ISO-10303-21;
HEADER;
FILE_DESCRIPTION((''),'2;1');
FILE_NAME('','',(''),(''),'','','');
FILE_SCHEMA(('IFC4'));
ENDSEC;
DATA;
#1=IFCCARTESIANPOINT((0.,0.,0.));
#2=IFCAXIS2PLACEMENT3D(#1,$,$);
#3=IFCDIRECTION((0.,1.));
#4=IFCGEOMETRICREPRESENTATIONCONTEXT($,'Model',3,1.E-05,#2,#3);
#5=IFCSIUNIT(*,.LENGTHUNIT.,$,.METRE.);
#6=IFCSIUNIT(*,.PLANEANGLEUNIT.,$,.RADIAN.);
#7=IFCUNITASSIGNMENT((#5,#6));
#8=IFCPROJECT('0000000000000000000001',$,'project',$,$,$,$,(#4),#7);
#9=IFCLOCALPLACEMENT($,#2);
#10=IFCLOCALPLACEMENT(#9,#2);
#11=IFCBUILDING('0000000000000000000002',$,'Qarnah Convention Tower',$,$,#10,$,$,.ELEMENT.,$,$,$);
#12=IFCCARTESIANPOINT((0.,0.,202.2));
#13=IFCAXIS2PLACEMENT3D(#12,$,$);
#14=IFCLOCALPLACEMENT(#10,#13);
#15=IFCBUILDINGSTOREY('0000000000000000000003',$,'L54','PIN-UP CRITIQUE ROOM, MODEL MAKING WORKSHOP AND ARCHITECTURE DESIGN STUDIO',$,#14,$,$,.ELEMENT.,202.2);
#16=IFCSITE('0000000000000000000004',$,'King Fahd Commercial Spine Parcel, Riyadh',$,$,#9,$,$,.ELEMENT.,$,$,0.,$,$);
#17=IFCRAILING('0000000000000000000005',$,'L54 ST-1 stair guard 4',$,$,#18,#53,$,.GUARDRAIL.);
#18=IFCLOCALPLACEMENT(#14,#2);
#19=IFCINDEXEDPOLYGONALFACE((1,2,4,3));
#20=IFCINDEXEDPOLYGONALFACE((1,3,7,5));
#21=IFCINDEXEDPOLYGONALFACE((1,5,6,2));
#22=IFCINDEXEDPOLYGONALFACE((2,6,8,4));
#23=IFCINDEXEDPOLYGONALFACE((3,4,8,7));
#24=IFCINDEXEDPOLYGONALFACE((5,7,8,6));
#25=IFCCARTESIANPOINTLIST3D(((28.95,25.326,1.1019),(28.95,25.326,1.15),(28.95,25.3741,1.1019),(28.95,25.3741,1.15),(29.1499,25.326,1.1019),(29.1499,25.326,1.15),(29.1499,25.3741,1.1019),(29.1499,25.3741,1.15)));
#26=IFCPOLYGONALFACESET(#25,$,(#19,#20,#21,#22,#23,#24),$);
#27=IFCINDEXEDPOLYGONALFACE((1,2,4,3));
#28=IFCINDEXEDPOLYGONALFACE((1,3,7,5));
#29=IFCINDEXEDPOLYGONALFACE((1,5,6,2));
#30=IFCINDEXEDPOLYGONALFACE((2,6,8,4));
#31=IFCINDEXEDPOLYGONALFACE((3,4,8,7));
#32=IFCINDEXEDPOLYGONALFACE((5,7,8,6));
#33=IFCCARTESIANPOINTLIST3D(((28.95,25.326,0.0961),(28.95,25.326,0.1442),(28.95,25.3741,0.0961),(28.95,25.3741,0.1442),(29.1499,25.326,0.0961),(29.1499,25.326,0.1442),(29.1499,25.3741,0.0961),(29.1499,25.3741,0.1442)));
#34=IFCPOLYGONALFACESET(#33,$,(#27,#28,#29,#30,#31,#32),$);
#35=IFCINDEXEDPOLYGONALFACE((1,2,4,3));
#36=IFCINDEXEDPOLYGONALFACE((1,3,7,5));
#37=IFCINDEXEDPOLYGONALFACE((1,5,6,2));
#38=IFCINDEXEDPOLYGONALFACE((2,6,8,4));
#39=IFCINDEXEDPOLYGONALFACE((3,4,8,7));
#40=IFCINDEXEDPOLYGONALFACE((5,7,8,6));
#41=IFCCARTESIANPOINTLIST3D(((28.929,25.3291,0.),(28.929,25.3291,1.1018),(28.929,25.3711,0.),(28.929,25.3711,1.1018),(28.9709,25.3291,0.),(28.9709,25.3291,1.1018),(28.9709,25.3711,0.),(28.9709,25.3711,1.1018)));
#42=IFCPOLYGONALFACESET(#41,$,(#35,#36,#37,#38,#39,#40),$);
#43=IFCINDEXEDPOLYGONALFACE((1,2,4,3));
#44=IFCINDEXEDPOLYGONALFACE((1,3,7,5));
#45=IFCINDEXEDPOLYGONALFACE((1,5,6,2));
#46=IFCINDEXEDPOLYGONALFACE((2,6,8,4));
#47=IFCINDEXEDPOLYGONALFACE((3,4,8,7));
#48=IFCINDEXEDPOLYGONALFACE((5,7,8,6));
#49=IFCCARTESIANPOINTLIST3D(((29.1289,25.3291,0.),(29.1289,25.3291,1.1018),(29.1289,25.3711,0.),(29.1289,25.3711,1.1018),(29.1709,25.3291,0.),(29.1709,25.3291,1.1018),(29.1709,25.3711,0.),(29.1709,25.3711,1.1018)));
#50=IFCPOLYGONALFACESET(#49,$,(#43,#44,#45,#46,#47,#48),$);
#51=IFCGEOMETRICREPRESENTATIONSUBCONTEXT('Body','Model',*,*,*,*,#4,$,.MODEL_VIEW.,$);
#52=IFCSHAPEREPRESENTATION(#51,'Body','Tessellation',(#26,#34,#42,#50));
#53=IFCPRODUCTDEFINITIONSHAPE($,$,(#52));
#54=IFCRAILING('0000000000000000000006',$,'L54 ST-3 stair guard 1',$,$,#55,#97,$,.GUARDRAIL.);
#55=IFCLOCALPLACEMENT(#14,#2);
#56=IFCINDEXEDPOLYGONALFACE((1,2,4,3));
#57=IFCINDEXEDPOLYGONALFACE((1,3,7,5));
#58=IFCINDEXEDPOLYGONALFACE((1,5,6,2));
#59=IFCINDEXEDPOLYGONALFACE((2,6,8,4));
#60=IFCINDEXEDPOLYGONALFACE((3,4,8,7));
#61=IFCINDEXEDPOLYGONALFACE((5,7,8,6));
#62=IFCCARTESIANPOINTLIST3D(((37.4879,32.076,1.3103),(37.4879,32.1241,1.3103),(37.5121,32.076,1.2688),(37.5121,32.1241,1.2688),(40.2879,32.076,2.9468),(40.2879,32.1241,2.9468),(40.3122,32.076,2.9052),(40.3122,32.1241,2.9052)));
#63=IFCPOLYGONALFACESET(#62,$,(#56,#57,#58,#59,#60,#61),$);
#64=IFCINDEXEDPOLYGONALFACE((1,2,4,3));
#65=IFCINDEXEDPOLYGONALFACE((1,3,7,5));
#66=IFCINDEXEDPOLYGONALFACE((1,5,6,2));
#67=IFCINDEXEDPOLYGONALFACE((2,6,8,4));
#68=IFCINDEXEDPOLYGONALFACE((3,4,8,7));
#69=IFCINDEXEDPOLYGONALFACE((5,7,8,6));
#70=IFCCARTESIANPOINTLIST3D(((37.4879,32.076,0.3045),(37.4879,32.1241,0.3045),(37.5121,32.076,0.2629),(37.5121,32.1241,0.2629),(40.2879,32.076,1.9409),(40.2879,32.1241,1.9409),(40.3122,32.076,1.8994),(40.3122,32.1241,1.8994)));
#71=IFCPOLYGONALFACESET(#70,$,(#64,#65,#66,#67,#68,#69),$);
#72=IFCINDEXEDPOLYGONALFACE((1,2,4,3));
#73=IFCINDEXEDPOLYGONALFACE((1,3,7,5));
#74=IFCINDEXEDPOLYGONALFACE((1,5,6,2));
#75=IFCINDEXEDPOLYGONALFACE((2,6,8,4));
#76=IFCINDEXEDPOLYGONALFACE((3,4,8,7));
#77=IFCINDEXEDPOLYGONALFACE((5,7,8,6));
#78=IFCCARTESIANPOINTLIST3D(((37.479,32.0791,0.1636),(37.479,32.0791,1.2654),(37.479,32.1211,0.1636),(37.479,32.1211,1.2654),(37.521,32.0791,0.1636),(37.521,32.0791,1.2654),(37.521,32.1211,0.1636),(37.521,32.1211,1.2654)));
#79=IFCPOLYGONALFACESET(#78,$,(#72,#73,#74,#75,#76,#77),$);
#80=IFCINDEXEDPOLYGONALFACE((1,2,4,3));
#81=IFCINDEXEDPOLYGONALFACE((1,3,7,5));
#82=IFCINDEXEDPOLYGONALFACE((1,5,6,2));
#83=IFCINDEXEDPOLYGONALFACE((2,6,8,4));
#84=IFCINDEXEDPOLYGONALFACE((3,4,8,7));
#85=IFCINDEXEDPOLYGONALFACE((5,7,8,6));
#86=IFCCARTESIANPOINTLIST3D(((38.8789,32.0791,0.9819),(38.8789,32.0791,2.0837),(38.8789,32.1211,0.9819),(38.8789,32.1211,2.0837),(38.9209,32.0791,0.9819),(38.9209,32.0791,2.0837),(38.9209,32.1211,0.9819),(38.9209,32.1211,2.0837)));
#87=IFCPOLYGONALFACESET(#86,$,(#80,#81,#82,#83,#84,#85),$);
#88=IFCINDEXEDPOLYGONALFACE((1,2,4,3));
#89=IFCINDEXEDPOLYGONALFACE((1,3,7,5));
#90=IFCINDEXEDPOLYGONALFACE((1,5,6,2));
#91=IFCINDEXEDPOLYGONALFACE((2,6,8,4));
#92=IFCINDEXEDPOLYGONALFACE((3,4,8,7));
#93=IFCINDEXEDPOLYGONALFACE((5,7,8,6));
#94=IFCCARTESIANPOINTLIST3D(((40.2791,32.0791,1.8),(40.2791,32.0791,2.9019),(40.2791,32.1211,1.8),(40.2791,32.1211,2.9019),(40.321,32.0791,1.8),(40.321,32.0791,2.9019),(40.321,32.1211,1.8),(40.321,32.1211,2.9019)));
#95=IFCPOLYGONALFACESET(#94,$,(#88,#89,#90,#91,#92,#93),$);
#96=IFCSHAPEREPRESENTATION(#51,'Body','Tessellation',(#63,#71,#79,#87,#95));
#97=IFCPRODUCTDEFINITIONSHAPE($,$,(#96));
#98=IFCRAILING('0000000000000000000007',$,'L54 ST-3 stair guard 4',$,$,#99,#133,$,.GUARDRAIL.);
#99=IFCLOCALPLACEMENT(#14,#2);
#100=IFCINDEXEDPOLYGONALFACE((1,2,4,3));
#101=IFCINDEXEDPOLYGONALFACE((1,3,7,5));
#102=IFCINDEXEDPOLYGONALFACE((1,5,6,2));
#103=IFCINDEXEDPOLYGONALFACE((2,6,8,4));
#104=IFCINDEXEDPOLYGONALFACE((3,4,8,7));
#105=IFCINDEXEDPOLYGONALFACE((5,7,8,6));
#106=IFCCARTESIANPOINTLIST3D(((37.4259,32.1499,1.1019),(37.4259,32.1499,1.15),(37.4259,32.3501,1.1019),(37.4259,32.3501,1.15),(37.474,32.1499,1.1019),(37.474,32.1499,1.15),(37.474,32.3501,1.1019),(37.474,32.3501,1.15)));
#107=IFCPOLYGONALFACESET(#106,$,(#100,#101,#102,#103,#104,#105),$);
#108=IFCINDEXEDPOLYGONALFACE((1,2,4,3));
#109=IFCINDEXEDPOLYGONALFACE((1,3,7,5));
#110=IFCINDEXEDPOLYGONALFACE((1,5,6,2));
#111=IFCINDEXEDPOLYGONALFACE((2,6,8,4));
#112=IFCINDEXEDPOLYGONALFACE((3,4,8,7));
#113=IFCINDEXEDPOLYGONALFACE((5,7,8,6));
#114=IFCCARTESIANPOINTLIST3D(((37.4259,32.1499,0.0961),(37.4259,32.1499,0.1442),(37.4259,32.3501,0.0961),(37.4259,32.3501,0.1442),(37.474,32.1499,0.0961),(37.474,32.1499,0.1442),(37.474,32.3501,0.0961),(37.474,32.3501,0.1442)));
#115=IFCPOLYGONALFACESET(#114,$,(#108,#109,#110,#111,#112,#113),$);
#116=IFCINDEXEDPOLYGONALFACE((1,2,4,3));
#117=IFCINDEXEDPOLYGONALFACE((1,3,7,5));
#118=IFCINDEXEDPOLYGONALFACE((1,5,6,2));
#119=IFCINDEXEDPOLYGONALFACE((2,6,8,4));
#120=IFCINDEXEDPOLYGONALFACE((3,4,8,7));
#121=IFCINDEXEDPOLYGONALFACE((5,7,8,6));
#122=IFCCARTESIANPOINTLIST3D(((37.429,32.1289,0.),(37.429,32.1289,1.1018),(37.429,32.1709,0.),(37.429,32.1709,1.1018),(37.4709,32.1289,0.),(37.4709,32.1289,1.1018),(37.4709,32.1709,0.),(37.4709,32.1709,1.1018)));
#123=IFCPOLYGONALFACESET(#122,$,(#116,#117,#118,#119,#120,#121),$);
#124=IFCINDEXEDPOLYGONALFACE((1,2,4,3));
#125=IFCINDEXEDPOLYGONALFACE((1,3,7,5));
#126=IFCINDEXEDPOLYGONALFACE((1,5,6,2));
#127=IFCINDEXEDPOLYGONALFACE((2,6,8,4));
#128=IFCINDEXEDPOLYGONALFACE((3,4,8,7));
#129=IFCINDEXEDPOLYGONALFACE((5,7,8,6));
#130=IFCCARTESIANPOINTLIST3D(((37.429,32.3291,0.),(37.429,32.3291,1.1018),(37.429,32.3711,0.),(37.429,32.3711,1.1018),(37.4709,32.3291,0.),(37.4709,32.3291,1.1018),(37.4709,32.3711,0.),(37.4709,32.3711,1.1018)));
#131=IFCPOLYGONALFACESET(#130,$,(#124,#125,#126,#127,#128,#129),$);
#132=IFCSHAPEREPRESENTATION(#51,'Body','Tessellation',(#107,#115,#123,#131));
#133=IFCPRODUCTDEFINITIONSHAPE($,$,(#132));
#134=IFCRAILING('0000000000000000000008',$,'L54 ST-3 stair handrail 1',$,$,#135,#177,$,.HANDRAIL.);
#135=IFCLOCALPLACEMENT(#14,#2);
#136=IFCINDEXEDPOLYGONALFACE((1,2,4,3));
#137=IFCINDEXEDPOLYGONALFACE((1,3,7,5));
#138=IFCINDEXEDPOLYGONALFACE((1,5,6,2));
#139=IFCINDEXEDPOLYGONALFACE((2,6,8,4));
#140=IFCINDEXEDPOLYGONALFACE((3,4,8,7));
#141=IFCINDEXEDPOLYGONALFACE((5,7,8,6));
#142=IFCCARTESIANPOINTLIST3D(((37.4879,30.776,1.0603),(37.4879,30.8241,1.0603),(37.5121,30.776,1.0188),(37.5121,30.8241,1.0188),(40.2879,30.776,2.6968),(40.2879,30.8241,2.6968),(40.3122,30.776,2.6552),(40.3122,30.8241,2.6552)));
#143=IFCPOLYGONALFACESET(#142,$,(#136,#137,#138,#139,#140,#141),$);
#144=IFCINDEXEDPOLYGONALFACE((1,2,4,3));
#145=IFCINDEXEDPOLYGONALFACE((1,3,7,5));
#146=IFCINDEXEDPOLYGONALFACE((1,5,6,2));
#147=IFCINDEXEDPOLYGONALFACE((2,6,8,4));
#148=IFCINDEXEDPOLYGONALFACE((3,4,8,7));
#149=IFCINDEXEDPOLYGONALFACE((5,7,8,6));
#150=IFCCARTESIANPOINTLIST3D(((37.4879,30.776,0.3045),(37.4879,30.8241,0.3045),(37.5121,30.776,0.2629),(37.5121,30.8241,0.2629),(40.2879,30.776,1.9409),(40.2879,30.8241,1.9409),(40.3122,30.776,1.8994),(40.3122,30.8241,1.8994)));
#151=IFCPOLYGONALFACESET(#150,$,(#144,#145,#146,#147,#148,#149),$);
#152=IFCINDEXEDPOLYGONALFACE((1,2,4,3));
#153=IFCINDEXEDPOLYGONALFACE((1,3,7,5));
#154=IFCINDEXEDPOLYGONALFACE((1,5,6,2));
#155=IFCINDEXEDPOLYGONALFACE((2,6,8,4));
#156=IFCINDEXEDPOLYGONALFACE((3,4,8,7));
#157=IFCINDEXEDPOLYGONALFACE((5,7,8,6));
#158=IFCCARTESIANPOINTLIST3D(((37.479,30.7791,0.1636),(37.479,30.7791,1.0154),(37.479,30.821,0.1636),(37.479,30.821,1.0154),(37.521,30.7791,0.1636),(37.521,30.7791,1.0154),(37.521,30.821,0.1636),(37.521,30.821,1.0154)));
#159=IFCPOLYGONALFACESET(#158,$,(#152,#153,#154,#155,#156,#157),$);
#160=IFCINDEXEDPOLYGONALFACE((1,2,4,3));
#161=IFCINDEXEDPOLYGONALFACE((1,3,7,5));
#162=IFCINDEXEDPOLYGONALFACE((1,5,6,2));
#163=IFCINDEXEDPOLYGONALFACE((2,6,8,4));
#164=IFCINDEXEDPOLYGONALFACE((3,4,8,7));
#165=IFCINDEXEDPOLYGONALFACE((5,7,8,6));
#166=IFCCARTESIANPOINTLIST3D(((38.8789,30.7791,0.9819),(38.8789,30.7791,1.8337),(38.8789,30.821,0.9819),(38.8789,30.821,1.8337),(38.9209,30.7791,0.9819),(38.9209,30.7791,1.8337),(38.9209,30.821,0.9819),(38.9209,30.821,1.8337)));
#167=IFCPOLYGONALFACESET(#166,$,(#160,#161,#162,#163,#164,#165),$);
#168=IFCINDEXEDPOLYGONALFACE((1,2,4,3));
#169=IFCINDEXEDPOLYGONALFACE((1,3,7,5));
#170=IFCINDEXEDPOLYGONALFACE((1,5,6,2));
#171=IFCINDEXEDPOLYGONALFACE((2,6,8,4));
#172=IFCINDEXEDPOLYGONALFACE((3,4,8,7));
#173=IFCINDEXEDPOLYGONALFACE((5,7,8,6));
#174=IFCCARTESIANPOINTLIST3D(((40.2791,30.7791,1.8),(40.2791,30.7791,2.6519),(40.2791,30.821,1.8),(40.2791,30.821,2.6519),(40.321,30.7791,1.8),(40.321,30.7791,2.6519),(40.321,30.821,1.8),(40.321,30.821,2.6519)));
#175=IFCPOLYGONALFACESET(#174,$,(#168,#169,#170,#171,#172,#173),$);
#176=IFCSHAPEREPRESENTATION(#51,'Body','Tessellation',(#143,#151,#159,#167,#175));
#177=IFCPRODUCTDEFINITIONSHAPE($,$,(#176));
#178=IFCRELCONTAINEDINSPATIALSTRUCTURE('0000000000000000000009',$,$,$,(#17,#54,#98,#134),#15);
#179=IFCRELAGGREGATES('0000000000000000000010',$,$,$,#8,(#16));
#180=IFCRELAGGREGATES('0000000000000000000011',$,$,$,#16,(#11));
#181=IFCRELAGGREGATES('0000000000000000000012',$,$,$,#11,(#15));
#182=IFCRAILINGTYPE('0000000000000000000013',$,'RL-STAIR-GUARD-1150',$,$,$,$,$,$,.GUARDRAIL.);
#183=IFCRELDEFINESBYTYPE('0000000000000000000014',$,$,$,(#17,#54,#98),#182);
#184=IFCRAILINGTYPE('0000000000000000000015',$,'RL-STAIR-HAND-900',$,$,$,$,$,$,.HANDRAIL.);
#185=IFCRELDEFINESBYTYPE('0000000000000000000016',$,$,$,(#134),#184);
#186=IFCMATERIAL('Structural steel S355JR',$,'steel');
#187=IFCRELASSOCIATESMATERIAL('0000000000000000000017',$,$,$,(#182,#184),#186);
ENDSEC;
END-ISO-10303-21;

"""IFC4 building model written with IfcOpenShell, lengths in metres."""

from ifc_helpers import new_model, si_unit, direction, frame, origin, origin_2d, place, context, subcontext, project, spatial, rectangle, extrude, material, type_object, element, save


model = new_model("IFC4")

# Units and contexts
model_context = context("Model", 3, precision=1e-05, world=origin(), true_north=direction((0.0, 1.0)))
body_context = subcontext(model_context, "Body", "Model", "MODEL_VIEW")
ifc_project = project(units=[si_unit("LENGTHUNIT", "METRE"), si_unit("PLANEANGLEUNIT", "RADIAN")], contexts=[model_context])

# Site, building, storey
site_placement = place(None, origin())
site = spatial("IfcSite", under=ifc_project, at=site_placement, Name="King Fahd Commercial Spine Parcel, Riyadh", CompositionType="ELEMENT", RefElevation=0.0)
building_placement = place(site_placement, origin())
building = spatial("IfcBuilding", under=site, at=building_placement, Name="Qarnah Convention Tower", CompositionType="ELEMENT")
storey_placement = place(building_placement, frame((0.0, 0.0, 202.2)))
storey = spatial("IfcBuildingStorey", under=building, at=storey_placement, Name="L54", Description="PIN-UP CRITIQUE ROOM, MODEL MAKING WORKSHOP AND ARCHITECTURE DESIGN STUDIO", CompositionType="ELEMENT", Elevation=202.2)

# Shared definitions
ifc_material_1 = material(Name="Structural steel S355JR", Category="steel")

# Railings
railing_type_1 = type_object("IfcRailingType", Name="RL-STAIR-GUARD-1150", PredefinedType="GUARDRAIL", material=ifc_material_1)
railing_1_placement = place(storey_placement, frame((28.95, 25.3501, 0.0)))
element("IfcRailing", 1, at=railing_1_placement, inside=storey, type_object=railing_type_1, Name="L54 ST-1 stair guard 4", PredefinedType="GUARDRAIL", context=body_context, shape_type="SweptSolid", body=[
    extrude(rectangle(XDim=0.0481, YDim=0.0481, at=origin_2d()), frame((0.0, 0.0, 1.126), z_axis=(1.0, 0.0, 0.0), x_axis=(0.0, 1.0, 0.0)), (0.0, 0.0, 1.0), 0.2),
    extrude(rectangle(XDim=0.0481, YDim=0.0481, at=origin_2d()), frame((0.0, 0.0, 0.1201), z_axis=(1.0, 0.0, 0.0), x_axis=(0.0, 1.0, 0.0)), (0.0, 0.0, 1.0), 0.2),
    extrude(rectangle(XDim=0.042, YDim=0.042, at=origin_2d()), origin(), (0.0, 0.0, 1.0), 1.1018),
    extrude(rectangle(XDim=0.042, YDim=0.042, at=origin_2d()), frame((0.2, 0.0, 0.0)), (0.0, 0.0, 1.0), 1.1018),
])
railing_2_placement = place(storey_placement, frame((37.5, 32.1001, 0.1636)))
element("IfcRailing", 2, at=railing_2_placement, inside=storey, type_object=railing_type_1, Name="L54 ST-3 stair guard 1", PredefinedType="GUARDRAIL", context=body_context, shape_type="SweptSolid", body=[
    extrude(rectangle(XDim=0.0481, YDim=0.0481, at=origin_2d()), frame((0.0, 0.0, 1.126), z_axis=(0.863361, 0.0, 0.504587), x_axis=(0.0, 1.0, 0.0)), (0.0, 0.0, 1.0), 3.2432),
    extrude(rectangle(XDim=0.0481, YDim=0.0481, at=origin_2d()), frame((0.0, 0.0, 0.1201), z_axis=(0.863361, 0.0, 0.504587), x_axis=(0.0, 1.0, 0.0)), (0.0, 0.0, 1.0), 3.2432),
    extrude(rectangle(XDim=0.042, YDim=0.042, at=origin_2d()), origin(), (0.0, 0.0, 1.0), 1.1018),
    extrude(rectangle(XDim=0.042, YDim=0.042, at=origin_2d()), frame((1.3999, 0.0, 0.8184)), (0.0, 0.0, 1.0), 1.1018),
    extrude(rectangle(XDim=0.042, YDim=0.042, at=origin_2d()), frame((2.8, 0.0, 1.6365)), (0.0, 0.0, 1.0), 1.1018),
])
railing_3_placement = place(storey_placement, frame((37.45, 32.1499, 0.0)))
element("IfcRailing", 3, at=railing_3_placement, inside=storey, type_object=railing_type_1, Name="L54 ST-3 stair guard 4", PredefinedType="GUARDRAIL", context=body_context, shape_type="SweptSolid", body=[
    extrude(rectangle(XDim=0.0481, YDim=0.0481, at=origin_2d()), frame((0.0, 0.0, 1.126), z_axis=(0.0, 1.0, 0.0), x_axis=(-1.0, 0.0, 0.0)), (0.0, 0.0, 1.0), 0.2002),
    extrude(rectangle(XDim=0.0481, YDim=0.0481, at=origin_2d()), frame((0.0, 0.0, 0.1201), z_axis=(0.0, 1.0, 0.0), x_axis=(-1.0, 0.0, 0.0)), (0.0, 0.0, 1.0), 0.2002),
    extrude(rectangle(XDim=0.042, YDim=0.042, at=origin_2d()), origin(), (0.0, 0.0, 1.0), 1.1018),
    extrude(rectangle(XDim=0.042, YDim=0.042, at=origin_2d()), frame((0.0, 0.2002, 0.0)), (0.0, 0.0, 1.0), 1.1018),
])
railing_type_2 = type_object("IfcRailingType", Name="RL-STAIR-HAND-900", PredefinedType="HANDRAIL", material=ifc_material_1)
railing_4_placement = place(storey_placement, frame((37.5, 30.8, 0.1636)))
element("IfcRailing", 4, at=railing_4_placement, inside=storey, type_object=railing_type_2, Name="L54 ST-3 stair handrail 1", PredefinedType="HANDRAIL", context=body_context, shape_type="SweptSolid", body=[
    extrude(rectangle(XDim=0.0481, YDim=0.0481, at=origin_2d()), frame((0.0, 0.0, 0.876), z_axis=(0.863361, 0.0, 0.504587), x_axis=(0.0, 1.0, 0.0)), (0.0, 0.0, 1.0), 3.2432),
    extrude(rectangle(XDim=0.0481, YDim=0.0481, at=origin_2d()), frame((0.0, 0.0, 0.1201), z_axis=(0.863361, 0.0, 0.504587), x_axis=(0.0, 1.0, 0.0)), (0.0, 0.0, 1.0), 3.2432),
    extrude(rectangle(XDim=0.042, YDim=0.042, at=origin_2d()), origin(), (0.0, 0.0, 1.0), 0.8518),
    extrude(rectangle(XDim=0.042, YDim=0.042, at=origin_2d()), frame((1.3999, 0.0, 0.8184)), (0.0, 0.0, 1.0), 0.8518),
    extrude(rectangle(XDim=0.042, YDim=0.042, at=origin_2d()), frame((2.8, 0.0, 1.6365)), (0.0, 0.0, 1.0), 0.8518),
])

save(model, "model.ifc")
